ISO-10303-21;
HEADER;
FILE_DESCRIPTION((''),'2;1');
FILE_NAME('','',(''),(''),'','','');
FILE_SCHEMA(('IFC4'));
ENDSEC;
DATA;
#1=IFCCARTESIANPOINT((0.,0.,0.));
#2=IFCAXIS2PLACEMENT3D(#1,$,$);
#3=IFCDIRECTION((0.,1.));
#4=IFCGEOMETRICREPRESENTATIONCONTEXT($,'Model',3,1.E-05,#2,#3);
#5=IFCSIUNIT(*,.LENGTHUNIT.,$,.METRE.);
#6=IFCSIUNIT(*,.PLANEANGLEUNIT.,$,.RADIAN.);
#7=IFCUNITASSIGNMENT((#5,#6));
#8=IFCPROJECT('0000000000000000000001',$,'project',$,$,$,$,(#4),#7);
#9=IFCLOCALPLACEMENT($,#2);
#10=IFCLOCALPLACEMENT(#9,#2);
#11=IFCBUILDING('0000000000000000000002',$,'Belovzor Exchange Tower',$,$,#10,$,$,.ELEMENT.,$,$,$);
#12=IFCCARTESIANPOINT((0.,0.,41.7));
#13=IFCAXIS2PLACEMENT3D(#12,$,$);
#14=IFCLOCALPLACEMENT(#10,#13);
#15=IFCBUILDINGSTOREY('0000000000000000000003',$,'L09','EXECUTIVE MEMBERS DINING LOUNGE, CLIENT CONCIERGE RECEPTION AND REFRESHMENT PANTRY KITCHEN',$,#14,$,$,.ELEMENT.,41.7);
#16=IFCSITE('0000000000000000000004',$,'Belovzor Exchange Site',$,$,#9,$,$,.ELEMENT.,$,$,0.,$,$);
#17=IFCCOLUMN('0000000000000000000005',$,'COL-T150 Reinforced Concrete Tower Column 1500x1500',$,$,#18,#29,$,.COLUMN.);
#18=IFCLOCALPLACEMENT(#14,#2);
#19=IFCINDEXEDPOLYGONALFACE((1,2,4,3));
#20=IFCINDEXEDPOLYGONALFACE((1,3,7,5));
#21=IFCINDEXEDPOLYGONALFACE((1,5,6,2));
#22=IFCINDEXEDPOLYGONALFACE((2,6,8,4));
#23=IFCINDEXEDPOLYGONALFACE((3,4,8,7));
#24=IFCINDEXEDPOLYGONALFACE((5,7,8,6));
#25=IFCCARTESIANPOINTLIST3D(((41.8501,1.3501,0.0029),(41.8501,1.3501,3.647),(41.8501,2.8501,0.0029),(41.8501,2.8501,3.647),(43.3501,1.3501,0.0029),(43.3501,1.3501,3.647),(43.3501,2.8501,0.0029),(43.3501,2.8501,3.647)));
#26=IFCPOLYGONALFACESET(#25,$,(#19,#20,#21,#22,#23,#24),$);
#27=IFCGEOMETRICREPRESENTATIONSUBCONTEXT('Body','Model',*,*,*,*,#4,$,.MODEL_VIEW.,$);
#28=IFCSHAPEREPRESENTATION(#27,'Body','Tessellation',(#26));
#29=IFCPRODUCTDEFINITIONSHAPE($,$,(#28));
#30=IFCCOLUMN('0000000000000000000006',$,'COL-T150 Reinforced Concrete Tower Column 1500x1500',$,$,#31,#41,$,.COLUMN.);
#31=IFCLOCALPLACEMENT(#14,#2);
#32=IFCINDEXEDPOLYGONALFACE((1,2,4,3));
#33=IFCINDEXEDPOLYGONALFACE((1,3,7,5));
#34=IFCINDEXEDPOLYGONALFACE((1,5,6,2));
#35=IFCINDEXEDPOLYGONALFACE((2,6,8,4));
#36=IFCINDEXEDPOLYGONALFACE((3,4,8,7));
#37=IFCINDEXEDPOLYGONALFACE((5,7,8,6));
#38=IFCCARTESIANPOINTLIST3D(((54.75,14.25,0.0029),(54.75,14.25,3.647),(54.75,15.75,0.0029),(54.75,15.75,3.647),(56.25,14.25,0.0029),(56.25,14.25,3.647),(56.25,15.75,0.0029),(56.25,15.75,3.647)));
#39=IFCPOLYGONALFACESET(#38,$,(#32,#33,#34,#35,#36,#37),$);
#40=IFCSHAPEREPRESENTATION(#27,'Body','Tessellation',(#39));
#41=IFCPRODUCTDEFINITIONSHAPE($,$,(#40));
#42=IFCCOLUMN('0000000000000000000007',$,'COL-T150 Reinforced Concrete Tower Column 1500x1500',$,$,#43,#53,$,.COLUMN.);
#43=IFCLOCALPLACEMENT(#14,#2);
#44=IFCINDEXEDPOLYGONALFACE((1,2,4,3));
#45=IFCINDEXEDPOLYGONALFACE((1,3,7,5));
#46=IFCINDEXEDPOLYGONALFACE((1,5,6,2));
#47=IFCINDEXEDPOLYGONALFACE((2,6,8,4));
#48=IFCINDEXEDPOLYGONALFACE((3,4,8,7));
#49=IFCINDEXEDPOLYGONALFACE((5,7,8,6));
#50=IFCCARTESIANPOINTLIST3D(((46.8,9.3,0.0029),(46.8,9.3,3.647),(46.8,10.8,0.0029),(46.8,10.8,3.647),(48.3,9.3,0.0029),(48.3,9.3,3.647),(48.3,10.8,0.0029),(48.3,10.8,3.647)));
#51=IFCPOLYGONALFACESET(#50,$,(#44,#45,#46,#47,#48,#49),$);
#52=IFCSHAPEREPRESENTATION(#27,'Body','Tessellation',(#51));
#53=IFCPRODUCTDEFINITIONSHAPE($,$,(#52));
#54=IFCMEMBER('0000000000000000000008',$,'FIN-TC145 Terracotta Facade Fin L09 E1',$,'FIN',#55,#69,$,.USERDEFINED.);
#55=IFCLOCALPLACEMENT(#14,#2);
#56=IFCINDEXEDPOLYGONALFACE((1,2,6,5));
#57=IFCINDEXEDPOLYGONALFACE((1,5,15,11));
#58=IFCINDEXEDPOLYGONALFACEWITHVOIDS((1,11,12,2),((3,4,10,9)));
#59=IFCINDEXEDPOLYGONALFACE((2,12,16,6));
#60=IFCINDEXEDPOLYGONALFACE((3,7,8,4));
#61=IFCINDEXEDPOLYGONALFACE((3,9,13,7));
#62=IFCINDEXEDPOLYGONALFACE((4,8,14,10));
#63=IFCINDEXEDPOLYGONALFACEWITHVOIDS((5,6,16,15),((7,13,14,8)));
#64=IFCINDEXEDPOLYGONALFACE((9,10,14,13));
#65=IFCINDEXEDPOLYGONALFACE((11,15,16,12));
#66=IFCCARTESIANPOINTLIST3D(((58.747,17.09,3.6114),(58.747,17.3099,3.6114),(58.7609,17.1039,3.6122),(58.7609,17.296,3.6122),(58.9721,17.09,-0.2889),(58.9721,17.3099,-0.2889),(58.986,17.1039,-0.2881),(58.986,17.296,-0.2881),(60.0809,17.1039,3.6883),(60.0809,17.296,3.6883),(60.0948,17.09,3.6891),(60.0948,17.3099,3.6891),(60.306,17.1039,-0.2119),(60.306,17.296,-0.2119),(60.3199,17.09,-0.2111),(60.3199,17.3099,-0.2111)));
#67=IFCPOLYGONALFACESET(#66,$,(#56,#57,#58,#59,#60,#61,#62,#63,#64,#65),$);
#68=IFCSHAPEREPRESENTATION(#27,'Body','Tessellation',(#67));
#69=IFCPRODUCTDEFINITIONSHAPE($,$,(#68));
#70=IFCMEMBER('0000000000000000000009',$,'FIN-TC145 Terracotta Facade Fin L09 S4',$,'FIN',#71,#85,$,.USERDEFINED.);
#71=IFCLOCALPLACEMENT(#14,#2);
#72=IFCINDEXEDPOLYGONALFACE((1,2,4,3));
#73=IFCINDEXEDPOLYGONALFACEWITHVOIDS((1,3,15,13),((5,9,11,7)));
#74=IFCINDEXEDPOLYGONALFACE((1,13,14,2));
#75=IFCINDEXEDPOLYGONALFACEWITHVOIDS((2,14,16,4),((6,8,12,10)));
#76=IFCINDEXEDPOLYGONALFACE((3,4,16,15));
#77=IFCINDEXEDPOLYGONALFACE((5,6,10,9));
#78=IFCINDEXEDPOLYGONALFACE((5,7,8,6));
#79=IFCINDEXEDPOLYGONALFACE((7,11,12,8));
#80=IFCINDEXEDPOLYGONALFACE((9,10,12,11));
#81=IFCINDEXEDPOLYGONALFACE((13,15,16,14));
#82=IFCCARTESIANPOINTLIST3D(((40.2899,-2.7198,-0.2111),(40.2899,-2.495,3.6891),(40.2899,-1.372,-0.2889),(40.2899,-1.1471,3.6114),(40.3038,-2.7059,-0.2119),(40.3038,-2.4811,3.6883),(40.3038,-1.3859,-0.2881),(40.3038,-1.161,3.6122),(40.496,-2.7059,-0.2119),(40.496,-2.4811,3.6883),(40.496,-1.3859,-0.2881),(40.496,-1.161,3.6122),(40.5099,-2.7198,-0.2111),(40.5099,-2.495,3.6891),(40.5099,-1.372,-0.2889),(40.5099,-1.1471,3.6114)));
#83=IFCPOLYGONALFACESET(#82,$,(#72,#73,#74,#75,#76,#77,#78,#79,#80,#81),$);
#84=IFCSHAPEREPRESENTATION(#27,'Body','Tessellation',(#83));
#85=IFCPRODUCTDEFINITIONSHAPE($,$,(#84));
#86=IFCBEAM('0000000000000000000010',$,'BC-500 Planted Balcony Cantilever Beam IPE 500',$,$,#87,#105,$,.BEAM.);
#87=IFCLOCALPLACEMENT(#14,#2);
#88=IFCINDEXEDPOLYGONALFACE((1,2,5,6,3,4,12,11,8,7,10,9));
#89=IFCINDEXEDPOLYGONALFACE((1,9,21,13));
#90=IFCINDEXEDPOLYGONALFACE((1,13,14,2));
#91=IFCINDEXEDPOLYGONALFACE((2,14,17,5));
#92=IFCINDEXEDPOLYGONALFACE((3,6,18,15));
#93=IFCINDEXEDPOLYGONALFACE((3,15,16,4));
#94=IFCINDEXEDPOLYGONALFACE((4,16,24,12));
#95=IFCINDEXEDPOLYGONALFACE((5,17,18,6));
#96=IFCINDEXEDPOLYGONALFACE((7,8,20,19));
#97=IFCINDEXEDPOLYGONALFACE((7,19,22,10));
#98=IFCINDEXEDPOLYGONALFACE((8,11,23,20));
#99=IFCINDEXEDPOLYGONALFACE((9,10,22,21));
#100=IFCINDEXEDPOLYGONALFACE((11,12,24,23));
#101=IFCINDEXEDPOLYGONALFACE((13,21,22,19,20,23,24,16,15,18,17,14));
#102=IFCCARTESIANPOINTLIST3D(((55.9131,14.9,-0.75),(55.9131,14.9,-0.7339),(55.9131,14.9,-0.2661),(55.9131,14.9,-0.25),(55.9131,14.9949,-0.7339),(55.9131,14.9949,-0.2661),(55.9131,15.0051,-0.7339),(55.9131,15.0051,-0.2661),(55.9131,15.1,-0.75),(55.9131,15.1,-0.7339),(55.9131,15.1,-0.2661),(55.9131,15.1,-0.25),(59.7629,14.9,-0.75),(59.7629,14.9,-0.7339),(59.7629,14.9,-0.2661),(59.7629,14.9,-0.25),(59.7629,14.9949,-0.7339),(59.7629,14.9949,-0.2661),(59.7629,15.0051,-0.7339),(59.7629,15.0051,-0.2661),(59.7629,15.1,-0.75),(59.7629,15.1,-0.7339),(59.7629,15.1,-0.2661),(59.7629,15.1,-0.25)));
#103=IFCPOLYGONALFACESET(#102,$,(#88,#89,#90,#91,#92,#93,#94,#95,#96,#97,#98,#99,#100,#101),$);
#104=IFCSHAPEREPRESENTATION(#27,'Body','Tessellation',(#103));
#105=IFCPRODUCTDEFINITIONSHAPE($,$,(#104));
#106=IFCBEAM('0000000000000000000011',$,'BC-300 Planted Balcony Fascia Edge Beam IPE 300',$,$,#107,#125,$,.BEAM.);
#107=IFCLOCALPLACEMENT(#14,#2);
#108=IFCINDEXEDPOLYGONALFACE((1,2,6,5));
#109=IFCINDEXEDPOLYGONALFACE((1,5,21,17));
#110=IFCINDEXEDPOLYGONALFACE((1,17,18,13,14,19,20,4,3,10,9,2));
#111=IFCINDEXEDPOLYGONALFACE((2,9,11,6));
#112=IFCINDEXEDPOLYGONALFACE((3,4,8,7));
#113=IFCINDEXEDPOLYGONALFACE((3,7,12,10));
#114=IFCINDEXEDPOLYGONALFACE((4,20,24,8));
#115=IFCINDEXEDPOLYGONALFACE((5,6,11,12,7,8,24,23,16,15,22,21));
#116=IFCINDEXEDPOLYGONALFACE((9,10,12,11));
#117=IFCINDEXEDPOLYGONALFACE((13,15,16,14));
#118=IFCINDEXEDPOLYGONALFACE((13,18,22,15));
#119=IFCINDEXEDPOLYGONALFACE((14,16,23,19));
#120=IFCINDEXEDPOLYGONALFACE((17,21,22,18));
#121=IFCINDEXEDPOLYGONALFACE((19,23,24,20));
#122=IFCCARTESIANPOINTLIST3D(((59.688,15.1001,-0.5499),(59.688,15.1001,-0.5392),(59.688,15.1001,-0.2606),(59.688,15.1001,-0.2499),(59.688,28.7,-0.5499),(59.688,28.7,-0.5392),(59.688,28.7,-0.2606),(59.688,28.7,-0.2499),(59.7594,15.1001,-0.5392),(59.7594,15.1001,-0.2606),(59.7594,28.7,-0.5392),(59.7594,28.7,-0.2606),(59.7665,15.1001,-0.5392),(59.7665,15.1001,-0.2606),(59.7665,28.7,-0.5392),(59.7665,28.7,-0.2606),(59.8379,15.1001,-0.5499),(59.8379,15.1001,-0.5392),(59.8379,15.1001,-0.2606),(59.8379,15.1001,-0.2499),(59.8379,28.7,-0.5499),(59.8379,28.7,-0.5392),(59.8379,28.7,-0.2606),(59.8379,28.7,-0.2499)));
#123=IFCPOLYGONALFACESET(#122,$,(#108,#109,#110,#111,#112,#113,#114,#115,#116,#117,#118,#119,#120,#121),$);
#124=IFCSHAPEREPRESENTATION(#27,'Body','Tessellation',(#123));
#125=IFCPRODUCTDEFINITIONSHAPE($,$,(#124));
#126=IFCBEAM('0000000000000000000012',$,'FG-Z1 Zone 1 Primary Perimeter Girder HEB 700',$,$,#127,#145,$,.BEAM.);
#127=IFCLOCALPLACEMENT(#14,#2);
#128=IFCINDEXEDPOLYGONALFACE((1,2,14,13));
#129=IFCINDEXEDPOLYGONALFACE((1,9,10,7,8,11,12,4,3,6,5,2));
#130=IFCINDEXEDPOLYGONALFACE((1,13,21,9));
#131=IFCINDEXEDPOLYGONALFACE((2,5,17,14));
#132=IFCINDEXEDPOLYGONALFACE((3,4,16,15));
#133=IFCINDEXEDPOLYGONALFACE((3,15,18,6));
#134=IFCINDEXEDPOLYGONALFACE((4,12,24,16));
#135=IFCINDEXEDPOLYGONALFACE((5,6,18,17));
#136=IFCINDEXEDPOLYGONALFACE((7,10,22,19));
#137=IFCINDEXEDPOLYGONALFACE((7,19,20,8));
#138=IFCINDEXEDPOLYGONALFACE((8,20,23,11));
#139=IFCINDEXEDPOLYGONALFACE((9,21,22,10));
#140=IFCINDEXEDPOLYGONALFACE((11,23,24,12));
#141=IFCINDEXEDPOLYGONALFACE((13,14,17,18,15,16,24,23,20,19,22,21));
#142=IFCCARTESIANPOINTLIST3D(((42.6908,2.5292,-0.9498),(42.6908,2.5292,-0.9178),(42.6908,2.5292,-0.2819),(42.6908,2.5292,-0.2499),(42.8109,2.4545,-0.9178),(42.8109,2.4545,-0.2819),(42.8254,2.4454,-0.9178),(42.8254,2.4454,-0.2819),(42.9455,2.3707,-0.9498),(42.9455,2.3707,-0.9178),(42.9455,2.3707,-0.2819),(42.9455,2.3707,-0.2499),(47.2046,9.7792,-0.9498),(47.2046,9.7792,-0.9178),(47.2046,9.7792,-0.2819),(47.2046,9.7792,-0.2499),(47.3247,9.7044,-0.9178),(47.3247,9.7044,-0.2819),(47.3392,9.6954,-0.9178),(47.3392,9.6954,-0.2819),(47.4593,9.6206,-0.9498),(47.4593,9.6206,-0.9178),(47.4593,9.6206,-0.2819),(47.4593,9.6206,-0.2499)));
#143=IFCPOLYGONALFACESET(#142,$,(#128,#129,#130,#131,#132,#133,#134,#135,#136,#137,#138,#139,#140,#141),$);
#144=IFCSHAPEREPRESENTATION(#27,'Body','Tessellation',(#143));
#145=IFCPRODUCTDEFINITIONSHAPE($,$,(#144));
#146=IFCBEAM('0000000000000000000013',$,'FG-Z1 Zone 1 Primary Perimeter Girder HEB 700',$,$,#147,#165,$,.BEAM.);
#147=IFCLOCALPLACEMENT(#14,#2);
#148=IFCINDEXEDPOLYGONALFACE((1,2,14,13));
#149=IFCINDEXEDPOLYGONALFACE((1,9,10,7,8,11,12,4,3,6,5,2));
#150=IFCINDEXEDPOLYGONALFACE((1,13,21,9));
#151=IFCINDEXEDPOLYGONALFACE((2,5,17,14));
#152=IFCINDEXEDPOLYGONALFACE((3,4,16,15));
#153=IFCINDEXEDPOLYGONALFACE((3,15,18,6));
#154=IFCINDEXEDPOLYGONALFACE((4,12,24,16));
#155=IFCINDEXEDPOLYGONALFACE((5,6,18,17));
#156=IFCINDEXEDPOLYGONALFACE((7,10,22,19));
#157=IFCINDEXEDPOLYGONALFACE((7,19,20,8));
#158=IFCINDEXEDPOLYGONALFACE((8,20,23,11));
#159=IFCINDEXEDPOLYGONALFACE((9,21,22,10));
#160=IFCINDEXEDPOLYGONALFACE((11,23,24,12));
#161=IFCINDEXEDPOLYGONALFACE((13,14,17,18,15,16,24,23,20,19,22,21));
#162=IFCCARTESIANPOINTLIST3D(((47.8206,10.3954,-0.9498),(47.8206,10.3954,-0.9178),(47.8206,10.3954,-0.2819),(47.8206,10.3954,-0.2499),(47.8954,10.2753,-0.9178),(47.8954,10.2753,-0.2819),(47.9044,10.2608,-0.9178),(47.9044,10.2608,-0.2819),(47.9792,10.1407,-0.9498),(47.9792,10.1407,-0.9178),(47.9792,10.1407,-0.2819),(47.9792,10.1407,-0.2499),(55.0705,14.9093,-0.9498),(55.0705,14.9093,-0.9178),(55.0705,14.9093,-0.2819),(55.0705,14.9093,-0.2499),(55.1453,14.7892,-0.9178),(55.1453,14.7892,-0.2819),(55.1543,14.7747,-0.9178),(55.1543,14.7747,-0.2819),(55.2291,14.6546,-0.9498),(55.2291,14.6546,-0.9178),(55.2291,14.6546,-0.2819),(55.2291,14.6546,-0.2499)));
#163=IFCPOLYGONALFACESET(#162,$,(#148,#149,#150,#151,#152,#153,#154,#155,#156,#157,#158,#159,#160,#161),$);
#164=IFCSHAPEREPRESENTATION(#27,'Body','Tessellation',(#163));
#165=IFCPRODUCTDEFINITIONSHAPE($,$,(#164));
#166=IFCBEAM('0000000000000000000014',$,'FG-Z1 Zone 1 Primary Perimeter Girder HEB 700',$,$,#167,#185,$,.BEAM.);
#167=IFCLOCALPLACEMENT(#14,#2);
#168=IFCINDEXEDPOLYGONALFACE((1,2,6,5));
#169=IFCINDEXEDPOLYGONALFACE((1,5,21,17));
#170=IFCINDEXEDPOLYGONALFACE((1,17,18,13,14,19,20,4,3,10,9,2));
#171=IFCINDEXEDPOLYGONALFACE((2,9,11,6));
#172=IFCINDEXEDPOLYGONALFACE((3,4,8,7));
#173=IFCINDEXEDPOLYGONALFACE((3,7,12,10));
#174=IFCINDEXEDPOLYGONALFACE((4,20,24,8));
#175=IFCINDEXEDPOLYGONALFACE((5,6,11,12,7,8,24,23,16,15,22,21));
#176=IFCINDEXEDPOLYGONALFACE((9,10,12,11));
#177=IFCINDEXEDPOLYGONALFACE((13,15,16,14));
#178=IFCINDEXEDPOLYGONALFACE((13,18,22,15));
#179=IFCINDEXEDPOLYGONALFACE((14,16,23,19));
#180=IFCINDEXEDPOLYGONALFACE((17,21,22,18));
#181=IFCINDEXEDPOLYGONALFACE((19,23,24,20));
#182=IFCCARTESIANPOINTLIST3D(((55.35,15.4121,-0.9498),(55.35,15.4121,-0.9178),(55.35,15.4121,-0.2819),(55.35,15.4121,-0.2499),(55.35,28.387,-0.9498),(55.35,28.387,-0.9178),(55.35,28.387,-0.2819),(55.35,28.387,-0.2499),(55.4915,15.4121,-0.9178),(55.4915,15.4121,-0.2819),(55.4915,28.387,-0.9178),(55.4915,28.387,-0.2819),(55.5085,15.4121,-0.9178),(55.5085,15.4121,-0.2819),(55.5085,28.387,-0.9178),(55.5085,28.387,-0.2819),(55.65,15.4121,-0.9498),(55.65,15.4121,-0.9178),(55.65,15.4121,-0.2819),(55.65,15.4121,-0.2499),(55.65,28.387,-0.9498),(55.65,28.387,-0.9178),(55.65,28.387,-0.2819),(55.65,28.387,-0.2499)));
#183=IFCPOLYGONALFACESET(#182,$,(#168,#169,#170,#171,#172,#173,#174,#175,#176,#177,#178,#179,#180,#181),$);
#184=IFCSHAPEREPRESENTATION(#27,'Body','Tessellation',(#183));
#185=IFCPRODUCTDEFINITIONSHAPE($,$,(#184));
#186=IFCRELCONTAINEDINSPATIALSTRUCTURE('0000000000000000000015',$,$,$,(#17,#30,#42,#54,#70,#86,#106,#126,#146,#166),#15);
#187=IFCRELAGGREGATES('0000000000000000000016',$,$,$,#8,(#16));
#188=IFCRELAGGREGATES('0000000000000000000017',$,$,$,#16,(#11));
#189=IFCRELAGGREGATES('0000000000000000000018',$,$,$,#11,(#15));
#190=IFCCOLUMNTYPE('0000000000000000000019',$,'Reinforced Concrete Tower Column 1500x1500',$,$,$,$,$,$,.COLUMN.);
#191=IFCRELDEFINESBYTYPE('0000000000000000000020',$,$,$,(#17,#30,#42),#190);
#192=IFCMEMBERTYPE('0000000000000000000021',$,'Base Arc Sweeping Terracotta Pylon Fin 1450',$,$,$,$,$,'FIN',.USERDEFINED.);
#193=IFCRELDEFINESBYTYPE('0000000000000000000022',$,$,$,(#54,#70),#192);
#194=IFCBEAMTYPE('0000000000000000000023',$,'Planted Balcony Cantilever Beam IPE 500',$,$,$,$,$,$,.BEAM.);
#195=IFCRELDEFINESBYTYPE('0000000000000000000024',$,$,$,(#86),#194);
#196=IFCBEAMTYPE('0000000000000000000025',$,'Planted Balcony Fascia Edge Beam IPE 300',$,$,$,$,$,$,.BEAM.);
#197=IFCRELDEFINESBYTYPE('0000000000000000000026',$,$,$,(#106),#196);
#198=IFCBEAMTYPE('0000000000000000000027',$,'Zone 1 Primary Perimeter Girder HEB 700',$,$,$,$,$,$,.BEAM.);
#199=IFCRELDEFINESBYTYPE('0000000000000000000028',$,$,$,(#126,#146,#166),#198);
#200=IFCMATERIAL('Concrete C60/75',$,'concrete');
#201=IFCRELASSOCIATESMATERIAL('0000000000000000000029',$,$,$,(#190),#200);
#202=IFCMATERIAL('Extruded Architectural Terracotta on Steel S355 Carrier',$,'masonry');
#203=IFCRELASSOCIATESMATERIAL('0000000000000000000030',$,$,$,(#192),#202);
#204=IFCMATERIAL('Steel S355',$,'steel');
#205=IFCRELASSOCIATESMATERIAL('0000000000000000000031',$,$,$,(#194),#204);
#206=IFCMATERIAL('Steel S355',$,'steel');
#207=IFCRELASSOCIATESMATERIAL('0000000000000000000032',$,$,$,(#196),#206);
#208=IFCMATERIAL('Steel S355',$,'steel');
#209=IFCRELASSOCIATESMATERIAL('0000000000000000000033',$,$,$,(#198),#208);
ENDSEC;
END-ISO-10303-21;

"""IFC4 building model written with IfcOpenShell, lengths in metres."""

from ifc_helpers import new_model, si_unit, direction, frame, origin, origin_2d, place, context, subcontext, project, spatial, rectangle, hollow_rectangle, i_section, extrude, material, material_profile, profile_set, type_object, element, save


model = new_model("IFC4")

# Units and contexts
model_context = context("Model", 3, precision=1e-05, world=origin(), true_north=direction((0.0, 1.0)))
body_context = subcontext(model_context, "Body", "Model", "MODEL_VIEW")
ifc_project = project(units=[si_unit("LENGTHUNIT", "METRE"), si_unit("PLANEANGLEUNIT", "RADIAN")], contexts=[model_context])

# Site, building, storey
site_placement = place(None, origin())
site = spatial("IfcSite", under=ifc_project, at=site_placement, Name="Belovzor Exchange Site", CompositionType="ELEMENT", RefElevation=0.0)
building_placement = place(site_placement, origin())
building = spatial("IfcBuilding", under=site, at=building_placement, Name="Belovzor Exchange Tower", CompositionType="ELEMENT")
storey_placement = place(building_placement, frame((0.0, 0.0, 41.7)))
storey = spatial("IfcBuildingStorey", under=building, at=storey_placement, Name="L09", Description="EXECUTIVE MEMBERS DINING LOUNGE, CLIENT CONCIERGE RECEPTION AND REFRESHMENT PANTRY KITCHEN", CompositionType="ELEMENT", Elevation=41.7)

# Columns
ifc_material_1 = material(Name="Concrete C60/75", Category="concrete")
ifc_material_profile_1 = material_profile(ifc_material_1, rectangle(XDim=1.5, YDim=1.5, at=origin_2d()))
ifc_profile_set_1 = profile_set([ifc_material_profile_1], Name="Concrete C60/75")
column_type = type_object("IfcColumnType", Name="Reinforced Concrete Tower Column 1500x1500", PredefinedType="COLUMN", material=ifc_profile_set_1)
for number, where, z_axis, x_axis, name in (
    (1, (42.6001, 2.1001, 0.0029), (0.0, 0.0, 1.0), (1.0, 0.0, 0.0), "COL-T150 Reinforced Concrete Tower Column 1500x1500"),
    (2, (55.5, 15.0, 0.0029), (0.0, 0.0, 1.0), (1.0, 0.0, 0.0), "COL-T150 Reinforced Concrete Tower Column 1500x1500"),
    (3, (47.55, 10.05, 0.0029), (0.0, 0.0, 1.0), (1.0, 0.0, 0.0), "COL-T150 Reinforced Concrete Tower Column 1500x1500"),
):
    element("IfcColumn", number, at=place(storey_placement, frame(where, z_axis=z_axis, x_axis=x_axis)), inside=storey, type_object=column_type, Name=name, PredefinedType="COLUMN", context=body_context, shape_type="SweptSolid", body=[
        extrude(rectangle(XDim=1.5, YDim=1.5, at=origin_2d()), origin(), (0.0, 0.0, 1.0), 3.644),
    ])

# Members
ifc_material_2 = material(Name="Extruded Architectural Terracotta on Steel S355 Carrier", Category="masonry")
ifc_material_profile_2 = material_profile(ifc_material_2, hollow_rectangle(XDim=0.22, YDim=1.3501, WallThickness=0.0139, at=origin_2d()))
ifc_profile_set_2 = profile_set([ifc_material_profile_2], Name="Extruded Architectural Terracotta on Steel S355 Carrier")
member_type = type_object("IfcMemberType", Name="Base Arc Sweeping Terracotta Pylon Fin 1450", ElementType="FIN", PredefinedType="USERDEFINED", material=ifc_profile_set_2)
for number, where, z_axis, x_axis, name in (
    (4, (59.646, 17.2, -0.25), (-0.057619, 0.0, 0.998339), (0.0, -1.0, 0.0), "FIN-TC145 Terracotta Facade Fin L09 E1"),
    (5, (40.3999, -2.0459, -0.25), (0.0, 0.057557, 0.998342), (-1.0, 0.0, 0.0), "FIN-TC145 Terracotta Facade Fin L09 S4"),
):
    element("IfcMember", number, at=place(storey_placement, frame(where, z_axis=z_axis, x_axis=x_axis)), inside=storey, type_object=member_type, Name=name, ObjectType="FIN", PredefinedType="USERDEFINED", context=body_context, shape_type="SweptSolid", body=[
        extrude(hollow_rectangle(XDim=0.22, YDim=1.3501, WallThickness=0.0139, at=origin_2d()), origin(), (0.0, 0.0, 1.0), 3.9067),
    ])

# Beams
ifc_material_3 = material(Name="Steel S355", Category="steel")
ifc_material_profile_3 = material_profile(ifc_material_3, i_section(OverallWidth=0.2, OverallDepth=0.5, WebThickness=0.0103, FlangeThickness=0.0161, at=origin_2d()))
ifc_profile_set_3 = profile_set([ifc_material_profile_3], Name="Steel S355")
beam_type_1 = type_object("IfcBeamType", Name="Planted Balcony Cantilever Beam IPE 500", PredefinedType="BEAM", material=ifc_profile_set_3)
beam_1_placement = place(storey_placement, frame((55.9131, 15.0, -0.5), z_axis=(1.0, 0.0, 0.0), x_axis=(0.0, 1.0, 0.0)))
element("IfcBeam", 6, at=beam_1_placement, inside=storey, type_object=beam_type_1, Name="BC-500 Planted Balcony Cantilever Beam IPE 500", PredefinedType="BEAM", context=body_context, shape_type="SweptSolid", body=[
    extrude(i_section(OverallWidth=0.2, OverallDepth=0.5, WebThickness=0.0103, FlangeThickness=0.0161, at=origin_2d()), origin(), (0.0, 0.0, 1.0), 3.8499),
])
ifc_material_4 = material(Name="Steel S355", Category="steel")
ifc_material_profile_4 = material_profile(ifc_material_4, i_section(OverallWidth=0.1499, OverallDepth=0.3, WebThickness=0.0071, FlangeThickness=0.0107, at=origin_2d()))
ifc_profile_set_4 = profile_set([ifc_material_profile_4], Name="Steel S355")
beam_type_2 = type_object("IfcBeamType", Name="Planted Balcony Fascia Edge Beam IPE 300", PredefinedType="BEAM", material=ifc_profile_set_4)
beam_2_placement = place(storey_placement, frame((59.7629, 15.1001, -0.3999), z_axis=(0.0, 1.0, 0.0), x_axis=(-1.0, 0.0, 0.0)))
element("IfcBeam", 7, at=beam_2_placement, inside=storey, type_object=beam_type_2, Name="BC-300 Planted Balcony Fascia Edge Beam IPE 300", PredefinedType="BEAM", context=body_context, shape_type="SweptSolid", body=[
    extrude(i_section(OverallWidth=0.1499, OverallDepth=0.3, WebThickness=0.0071, FlangeThickness=0.0107, at=origin_2d()), origin(), (0.0, 0.0, 1.0), 13.5999),
])
ifc_material_5 = material(Name="Steel S355", Category="steel")
ifc_material_profile_5 = material_profile(ifc_material_5, i_section(OverallWidth=0.3, OverallDepth=0.7, WebThickness=0.0171, FlangeThickness=0.032, at=origin_2d()))
ifc_profile_set_5 = profile_set([ifc_material_profile_5], Name="Steel S355")
beam_type_3 = type_object("IfcBeamType", Name="Zone 1 Primary Perimeter Girder HEB 700", PredefinedType="BEAM", material=ifc_profile_set_5)
for number, where, z_axis, x_axis, name in (
    (8, (42.8181, 2.45, -0.5999), (0.528539, 0.848909, 0.0), (-0.848909, 0.528539, 0.0), "FG-Z1 Zone 1 Primary Perimeter Girder HEB 700"),
    (9, (47.8999, 10.2681, -0.5999), (0.848909, 0.528539, 0.0), (-0.528539, 0.848909, 0.0), "FG-Z1 Zone 1 Primary Perimeter Girder HEB 700"),
):
    element("IfcBeam", number, at=place(storey_placement, frame(where, z_axis=z_axis, x_axis=x_axis)), inside=storey, type_object=beam_type_3, Name=name, PredefinedType="BEAM", context=body_context, shape_type="SweptSolid", body=[
        extrude(i_section(OverallWidth=0.3, OverallDepth=0.7, WebThickness=0.0171, FlangeThickness=0.032, at=origin_2d()), origin(), (0.0, 0.0, 1.0), 8.5403),
    ])
beam_3_placement = place(storey_placement, frame((55.5, 15.4121, -0.5999), z_axis=(0.0, 1.0, 0.0), x_axis=(-1.0, 0.0, 0.0)))
element("IfcBeam", 10, at=beam_3_placement, inside=storey, type_object=beam_type_3, Name="FG-Z1 Zone 1 Primary Perimeter Girder HEB 700", PredefinedType="BEAM", context=body_context, shape_type="SweptSolid", body=[
    extrude(i_section(OverallWidth=0.3, OverallDepth=0.7, WebThickness=0.0171, FlangeThickness=0.032, at=origin_2d()), origin(), (0.0, 0.0, 1.0), 12.9749),
])

save(model, "model.ifc")
